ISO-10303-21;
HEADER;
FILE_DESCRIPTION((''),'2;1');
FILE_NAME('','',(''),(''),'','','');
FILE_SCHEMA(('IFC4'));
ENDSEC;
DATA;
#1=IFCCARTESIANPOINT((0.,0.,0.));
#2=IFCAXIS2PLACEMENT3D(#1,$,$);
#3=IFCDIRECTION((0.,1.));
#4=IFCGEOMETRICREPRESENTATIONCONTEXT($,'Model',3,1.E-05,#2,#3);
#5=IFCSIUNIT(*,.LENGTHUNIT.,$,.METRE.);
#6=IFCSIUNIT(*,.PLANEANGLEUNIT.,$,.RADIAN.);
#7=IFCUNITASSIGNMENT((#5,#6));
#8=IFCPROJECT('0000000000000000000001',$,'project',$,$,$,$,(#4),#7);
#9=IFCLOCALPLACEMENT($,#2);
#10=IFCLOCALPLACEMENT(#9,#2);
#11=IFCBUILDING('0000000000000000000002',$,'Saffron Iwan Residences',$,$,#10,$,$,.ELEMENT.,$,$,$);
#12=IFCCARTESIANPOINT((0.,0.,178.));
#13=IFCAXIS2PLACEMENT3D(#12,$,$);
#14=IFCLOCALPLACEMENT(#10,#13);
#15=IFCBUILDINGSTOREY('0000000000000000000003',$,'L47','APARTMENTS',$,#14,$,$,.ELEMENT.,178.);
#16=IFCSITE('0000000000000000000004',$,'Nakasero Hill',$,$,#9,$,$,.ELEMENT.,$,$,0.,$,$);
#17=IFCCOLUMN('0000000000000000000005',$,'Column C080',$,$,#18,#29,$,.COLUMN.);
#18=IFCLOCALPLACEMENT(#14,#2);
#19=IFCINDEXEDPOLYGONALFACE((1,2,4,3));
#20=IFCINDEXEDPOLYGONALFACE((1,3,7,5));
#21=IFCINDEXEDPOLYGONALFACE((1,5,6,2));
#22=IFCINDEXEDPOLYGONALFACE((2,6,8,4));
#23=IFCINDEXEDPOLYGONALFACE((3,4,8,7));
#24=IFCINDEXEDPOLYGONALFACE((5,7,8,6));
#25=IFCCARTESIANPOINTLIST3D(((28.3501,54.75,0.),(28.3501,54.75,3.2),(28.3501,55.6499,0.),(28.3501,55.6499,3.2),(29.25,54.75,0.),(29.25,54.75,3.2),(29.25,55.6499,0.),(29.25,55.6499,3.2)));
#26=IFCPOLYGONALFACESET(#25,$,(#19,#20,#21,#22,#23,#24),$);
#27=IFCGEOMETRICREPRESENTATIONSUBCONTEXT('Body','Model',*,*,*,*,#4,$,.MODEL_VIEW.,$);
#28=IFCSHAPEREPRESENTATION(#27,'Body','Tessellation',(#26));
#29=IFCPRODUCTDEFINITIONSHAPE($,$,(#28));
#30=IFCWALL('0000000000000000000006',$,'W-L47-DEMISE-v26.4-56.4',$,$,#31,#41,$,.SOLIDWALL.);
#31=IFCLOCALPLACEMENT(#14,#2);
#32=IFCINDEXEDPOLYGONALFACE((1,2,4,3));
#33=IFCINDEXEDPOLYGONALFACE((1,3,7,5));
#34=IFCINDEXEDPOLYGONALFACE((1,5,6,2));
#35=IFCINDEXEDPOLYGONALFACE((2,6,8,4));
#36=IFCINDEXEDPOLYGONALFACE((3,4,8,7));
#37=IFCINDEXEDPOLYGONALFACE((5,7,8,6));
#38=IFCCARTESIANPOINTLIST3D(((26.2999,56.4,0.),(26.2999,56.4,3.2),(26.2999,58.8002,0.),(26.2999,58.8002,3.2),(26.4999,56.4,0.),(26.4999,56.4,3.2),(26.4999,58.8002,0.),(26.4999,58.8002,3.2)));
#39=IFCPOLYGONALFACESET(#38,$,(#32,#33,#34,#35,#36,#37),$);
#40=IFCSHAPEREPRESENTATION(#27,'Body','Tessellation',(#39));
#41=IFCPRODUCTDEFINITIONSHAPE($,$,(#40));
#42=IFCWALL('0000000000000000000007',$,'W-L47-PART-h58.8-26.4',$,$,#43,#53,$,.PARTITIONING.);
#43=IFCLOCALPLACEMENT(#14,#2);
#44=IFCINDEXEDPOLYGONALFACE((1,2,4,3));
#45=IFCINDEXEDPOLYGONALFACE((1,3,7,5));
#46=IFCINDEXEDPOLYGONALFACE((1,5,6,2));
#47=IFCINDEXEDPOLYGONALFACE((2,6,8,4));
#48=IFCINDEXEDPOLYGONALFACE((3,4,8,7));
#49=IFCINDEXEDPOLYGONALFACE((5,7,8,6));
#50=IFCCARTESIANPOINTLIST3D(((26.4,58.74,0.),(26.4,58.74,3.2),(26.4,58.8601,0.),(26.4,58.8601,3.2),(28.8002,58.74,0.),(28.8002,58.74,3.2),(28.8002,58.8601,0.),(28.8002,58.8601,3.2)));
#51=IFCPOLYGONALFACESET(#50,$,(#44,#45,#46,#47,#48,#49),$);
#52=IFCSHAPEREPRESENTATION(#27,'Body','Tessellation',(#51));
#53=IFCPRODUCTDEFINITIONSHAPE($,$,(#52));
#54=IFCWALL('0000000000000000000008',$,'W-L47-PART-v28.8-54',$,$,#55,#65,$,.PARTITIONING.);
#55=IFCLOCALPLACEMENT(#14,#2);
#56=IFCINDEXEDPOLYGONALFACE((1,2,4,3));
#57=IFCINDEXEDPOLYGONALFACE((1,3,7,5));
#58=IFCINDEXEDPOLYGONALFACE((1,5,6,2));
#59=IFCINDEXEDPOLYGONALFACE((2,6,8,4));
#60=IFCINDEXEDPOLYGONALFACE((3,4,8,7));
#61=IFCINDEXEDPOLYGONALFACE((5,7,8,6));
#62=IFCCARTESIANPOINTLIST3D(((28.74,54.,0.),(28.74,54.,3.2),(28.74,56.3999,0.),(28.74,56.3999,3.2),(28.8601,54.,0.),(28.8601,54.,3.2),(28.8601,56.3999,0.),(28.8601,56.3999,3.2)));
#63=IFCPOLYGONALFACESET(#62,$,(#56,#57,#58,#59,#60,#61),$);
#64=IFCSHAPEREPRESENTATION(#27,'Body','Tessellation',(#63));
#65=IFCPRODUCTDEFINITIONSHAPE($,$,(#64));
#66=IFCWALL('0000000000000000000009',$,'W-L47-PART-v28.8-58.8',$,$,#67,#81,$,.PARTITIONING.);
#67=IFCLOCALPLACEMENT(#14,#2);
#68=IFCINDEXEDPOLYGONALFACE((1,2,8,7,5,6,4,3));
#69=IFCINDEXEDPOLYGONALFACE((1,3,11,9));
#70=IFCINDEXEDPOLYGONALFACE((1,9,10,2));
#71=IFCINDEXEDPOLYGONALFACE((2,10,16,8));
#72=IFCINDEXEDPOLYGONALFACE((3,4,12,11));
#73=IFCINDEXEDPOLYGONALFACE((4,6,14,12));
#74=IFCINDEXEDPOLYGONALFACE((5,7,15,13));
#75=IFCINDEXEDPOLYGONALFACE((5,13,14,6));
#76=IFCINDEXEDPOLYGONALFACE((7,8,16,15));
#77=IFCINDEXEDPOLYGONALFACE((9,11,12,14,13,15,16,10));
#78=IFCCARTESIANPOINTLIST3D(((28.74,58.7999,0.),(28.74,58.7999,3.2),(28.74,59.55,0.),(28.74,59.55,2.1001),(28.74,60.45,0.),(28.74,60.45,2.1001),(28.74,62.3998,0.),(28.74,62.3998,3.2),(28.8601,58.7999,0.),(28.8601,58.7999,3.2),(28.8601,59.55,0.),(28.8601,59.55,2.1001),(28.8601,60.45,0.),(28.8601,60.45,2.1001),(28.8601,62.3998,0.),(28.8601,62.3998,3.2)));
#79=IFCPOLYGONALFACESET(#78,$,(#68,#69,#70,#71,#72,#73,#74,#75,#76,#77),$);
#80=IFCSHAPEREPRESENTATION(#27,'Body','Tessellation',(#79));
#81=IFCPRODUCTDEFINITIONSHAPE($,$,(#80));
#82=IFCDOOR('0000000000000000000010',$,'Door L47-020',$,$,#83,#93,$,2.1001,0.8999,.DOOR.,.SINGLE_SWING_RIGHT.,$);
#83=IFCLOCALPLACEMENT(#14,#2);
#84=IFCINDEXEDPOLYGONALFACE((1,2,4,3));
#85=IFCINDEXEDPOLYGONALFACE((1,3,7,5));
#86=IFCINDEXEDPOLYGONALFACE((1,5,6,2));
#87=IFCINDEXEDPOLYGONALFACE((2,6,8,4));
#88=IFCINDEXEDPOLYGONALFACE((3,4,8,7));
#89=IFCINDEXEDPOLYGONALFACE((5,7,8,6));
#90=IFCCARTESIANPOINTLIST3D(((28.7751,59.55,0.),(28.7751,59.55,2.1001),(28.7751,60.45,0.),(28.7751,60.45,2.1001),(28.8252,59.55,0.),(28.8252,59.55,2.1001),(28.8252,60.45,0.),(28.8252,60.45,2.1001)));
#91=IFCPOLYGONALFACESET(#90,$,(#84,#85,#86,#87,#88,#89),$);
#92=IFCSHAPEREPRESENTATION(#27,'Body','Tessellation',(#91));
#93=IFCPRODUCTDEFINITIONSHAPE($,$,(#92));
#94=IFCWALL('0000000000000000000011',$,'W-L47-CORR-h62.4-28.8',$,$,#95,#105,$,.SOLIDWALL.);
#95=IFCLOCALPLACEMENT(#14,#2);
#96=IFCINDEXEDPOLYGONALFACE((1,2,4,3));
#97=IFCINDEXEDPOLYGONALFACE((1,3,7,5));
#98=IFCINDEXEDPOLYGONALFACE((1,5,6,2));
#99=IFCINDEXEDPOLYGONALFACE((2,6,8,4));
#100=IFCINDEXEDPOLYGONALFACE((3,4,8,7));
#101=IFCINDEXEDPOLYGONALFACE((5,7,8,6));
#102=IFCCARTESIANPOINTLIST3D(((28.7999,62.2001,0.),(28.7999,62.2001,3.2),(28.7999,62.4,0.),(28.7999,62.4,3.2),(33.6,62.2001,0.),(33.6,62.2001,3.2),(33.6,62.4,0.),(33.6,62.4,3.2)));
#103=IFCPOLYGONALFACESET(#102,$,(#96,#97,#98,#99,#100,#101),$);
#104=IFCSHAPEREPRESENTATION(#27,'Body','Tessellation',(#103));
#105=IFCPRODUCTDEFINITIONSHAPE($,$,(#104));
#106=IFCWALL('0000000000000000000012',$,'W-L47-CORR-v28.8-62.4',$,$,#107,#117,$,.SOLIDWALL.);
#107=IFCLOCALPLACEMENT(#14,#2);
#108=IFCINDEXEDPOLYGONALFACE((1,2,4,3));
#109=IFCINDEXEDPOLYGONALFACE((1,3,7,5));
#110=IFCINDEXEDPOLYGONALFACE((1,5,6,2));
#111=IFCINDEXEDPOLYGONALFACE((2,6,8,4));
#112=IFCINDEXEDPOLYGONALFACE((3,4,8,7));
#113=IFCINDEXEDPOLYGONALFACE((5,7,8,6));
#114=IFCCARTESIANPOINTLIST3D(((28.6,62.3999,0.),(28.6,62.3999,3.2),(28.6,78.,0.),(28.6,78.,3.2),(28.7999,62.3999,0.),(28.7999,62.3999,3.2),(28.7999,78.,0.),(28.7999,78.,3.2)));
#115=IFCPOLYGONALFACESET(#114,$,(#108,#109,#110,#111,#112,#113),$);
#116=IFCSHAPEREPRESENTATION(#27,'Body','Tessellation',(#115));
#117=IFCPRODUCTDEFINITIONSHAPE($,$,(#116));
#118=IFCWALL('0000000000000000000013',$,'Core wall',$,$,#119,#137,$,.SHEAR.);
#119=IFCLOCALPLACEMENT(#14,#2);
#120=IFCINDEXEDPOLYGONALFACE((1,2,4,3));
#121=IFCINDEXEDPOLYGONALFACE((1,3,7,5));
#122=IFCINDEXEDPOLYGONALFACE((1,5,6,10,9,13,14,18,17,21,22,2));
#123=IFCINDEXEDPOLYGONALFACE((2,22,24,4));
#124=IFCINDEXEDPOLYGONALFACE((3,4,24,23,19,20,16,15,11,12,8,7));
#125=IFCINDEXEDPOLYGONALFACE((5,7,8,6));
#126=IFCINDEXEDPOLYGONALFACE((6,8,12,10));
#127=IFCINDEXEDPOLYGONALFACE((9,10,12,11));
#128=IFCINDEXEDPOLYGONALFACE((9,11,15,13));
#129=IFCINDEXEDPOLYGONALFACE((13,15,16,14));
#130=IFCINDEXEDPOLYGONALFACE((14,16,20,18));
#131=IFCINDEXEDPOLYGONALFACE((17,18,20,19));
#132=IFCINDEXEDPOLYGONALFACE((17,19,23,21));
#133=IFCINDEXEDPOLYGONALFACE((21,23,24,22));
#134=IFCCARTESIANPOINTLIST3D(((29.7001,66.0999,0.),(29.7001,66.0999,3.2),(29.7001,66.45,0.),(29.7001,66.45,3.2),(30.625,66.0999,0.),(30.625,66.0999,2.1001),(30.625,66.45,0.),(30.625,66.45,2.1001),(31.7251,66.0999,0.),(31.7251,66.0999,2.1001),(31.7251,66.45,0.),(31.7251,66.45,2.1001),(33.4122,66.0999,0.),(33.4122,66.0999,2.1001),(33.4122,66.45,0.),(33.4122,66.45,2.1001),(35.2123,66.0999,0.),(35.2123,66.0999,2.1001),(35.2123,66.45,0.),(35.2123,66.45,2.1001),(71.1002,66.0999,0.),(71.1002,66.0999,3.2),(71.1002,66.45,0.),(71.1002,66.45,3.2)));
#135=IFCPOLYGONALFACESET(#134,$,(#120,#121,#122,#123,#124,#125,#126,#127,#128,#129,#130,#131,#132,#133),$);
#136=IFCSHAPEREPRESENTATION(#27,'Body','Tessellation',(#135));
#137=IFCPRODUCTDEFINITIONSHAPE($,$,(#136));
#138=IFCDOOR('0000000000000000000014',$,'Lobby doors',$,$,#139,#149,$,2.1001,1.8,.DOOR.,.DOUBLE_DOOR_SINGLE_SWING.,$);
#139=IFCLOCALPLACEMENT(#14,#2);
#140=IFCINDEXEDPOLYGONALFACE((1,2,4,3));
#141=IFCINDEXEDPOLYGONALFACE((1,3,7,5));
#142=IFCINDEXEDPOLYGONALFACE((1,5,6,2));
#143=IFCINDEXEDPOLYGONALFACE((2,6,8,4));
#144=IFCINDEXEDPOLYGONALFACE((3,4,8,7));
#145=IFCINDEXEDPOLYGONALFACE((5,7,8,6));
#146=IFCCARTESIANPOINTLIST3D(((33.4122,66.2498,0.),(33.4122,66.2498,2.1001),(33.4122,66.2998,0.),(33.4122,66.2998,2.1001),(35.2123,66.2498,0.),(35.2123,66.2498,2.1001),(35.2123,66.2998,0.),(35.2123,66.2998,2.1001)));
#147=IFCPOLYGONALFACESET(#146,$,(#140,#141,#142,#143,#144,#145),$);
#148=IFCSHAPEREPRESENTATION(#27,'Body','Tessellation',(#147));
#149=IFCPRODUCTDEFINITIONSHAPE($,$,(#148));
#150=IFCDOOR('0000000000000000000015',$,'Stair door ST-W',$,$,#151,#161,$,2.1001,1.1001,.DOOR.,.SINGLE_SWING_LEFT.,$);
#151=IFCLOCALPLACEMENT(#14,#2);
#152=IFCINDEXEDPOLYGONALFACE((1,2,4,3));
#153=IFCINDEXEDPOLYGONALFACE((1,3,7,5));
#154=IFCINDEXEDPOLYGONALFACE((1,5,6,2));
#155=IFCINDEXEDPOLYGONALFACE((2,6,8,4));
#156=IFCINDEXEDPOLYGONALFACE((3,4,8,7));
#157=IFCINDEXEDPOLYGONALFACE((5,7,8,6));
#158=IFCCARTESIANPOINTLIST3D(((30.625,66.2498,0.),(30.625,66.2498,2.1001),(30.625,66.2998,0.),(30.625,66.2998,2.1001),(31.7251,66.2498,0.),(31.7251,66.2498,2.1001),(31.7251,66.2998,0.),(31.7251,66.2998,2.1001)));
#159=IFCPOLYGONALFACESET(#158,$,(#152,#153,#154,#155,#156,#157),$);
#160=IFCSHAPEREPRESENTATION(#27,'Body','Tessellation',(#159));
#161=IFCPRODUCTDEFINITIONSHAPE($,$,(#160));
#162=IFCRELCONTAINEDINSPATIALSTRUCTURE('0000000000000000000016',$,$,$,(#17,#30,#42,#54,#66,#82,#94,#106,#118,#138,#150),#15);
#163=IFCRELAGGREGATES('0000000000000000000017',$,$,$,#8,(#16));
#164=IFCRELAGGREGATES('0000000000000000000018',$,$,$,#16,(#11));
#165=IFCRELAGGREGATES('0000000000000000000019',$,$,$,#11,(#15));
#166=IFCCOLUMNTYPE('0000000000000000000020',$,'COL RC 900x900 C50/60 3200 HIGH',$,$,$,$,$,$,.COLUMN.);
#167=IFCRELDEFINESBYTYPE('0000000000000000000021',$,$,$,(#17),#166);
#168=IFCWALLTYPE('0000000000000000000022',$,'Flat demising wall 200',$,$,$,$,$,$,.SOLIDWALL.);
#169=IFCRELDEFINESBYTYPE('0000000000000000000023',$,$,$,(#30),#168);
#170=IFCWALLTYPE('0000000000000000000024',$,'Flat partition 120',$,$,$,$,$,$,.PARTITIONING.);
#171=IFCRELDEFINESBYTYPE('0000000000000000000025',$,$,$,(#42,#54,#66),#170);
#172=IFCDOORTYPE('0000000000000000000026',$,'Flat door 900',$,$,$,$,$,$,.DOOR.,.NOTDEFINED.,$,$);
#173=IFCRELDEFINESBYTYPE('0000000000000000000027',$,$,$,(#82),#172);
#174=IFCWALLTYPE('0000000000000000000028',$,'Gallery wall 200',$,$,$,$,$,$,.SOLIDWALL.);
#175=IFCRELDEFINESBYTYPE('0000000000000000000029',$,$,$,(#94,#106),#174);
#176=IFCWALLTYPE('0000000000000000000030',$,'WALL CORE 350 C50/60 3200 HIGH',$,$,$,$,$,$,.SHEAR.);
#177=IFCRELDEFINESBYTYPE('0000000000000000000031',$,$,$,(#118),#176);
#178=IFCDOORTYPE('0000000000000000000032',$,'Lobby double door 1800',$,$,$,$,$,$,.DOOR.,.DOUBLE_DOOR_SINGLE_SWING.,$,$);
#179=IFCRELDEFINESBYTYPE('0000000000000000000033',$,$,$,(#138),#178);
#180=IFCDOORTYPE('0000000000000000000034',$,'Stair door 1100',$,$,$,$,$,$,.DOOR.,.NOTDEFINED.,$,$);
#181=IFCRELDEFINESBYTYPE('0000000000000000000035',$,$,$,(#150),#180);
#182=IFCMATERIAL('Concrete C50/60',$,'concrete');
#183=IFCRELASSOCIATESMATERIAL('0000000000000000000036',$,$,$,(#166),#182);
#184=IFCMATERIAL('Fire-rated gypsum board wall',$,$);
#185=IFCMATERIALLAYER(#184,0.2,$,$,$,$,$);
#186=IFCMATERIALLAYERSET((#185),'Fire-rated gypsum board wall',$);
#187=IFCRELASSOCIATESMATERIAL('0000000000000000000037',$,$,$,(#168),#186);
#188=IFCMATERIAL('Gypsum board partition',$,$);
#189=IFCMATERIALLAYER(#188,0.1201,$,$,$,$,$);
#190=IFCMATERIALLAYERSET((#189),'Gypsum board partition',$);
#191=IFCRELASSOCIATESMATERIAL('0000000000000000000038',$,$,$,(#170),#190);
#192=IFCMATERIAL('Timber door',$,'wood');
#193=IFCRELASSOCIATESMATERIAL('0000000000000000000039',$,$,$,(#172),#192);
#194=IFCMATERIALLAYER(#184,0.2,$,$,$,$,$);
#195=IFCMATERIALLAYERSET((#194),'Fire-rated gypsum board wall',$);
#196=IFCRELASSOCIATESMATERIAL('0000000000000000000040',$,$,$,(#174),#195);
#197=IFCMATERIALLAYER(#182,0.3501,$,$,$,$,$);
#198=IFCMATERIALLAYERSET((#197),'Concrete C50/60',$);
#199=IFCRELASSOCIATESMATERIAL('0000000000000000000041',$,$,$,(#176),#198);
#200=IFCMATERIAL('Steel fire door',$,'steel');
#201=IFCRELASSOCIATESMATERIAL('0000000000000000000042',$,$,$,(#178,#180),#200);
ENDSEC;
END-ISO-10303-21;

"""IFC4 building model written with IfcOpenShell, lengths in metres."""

from ifc_helpers import new_model, si_unit, direction, frame, frame_2d, origin, origin_2d, place, context, subcontext, project, spatial, rectangle, extrude, source, transform, mapped, material, layer, layer_set, material_profile, profile_set, type_object, element, fill, save


model = new_model("IFC4")

# Units and contexts
model_context = context("Model", 3, precision=1e-05, world=origin(), true_north=direction((0.0, 1.0)))
body_context = subcontext(model_context, "Body", "Model", "MODEL_VIEW")
ifc_project = project(units=[si_unit("LENGTHUNIT", "METRE"), si_unit("PLANEANGLEUNIT", "RADIAN")], contexts=[model_context])

# Site, building, storey
site_placement = place(None, origin())
site = spatial("IfcSite", under=ifc_project, at=site_placement, Name="Nakasero Hill", CompositionType="ELEMENT", RefElevation=0.0)
building_placement = place(site_placement, origin())
building = spatial("IfcBuilding", under=site, at=building_placement, Name="Saffron Iwan Residences", CompositionType="ELEMENT")
storey_placement = place(building_placement, frame((0.0, 0.0, 178.0)))
storey = spatial("IfcBuildingStorey", under=building, at=storey_placement, Name="L47", Description="APARTMENTS", CompositionType="ELEMENT", Elevation=178.0)

# Column
ifc_material_1 = material(Name="Concrete C50/60", Category="concrete")
ifc_material_profile = material_profile(ifc_material_1, rectangle(XDim=0.8999, YDim=0.8999, at=origin_2d()), Name="RC 900x900")
ifc_profile_set = profile_set([ifc_material_profile], Name="Concrete C50/60")
column_type = type_object("IfcColumnType", Name="COL RC 900x900 C50/60 3200 HIGH", PredefinedType="COLUMN", material=ifc_profile_set)
shared_shape = source(origin(), body_context, "Body", "SweptSolid", [
    extrude(rectangle(XDim=0.8999, YDim=0.8999, at=origin_2d()), origin(), (0.0, 0.0, 1.0), 3.2),
])
column_placement = place(storey_placement, frame((28.8, 55.2, 0.0), z_axis=(0.0, 0.0, 1.0), x_axis=(1.0, 0.0, 0.0)))
element("IfcColumn", 1, at=column_placement, inside=storey, type_object=column_type, Name="Column C080", PredefinedType="COLUMN", context=body_context, shape_type="MappedRepresentation", body=[
    mapped(shared_shape, transform((0.0, 0.0, 0.0))),
])

# Walls
ifc_material_2 = material(Name="Fire-rated gypsum board wall")
ifc_layer_1 = layer(ifc_material_2, 0.2)
ifc_layer_set_1 = layer_set([ifc_layer_1], Name="Fire-rated gypsum board wall")
wall_type_1 = type_object("IfcWallType", Name="Flat demising wall 200", PredefinedType="SOLIDWALL", material=ifc_layer_set_1)
wall_1_placement = place(storey_placement, frame((26.3999, 56.3999, 0.0), z_axis=(0.0, 0.0, 1.0), x_axis=(0.0, 1.0, 0.0)))
element("IfcWall", 2, at=wall_1_placement, inside=storey, type_object=wall_type_1, Name="W-L47-DEMISE-v26.4-56.4", PredefinedType="SOLIDWALL", context=body_context, shape_type="SweptSolid", body=[
    extrude(rectangle(XDim=2.4001, YDim=0.2, at=frame_2d((1.2002, 0.0))), origin(), (0.0, 0.0, 1.0), 3.2),
])
ifc_material_3 = material(Name="Gypsum board partition")
ifc_layer_2 = layer(ifc_material_3, 0.1201)
ifc_layer_set_2 = layer_set([ifc_layer_2], Name="Gypsum board partition")
wall_type_2 = type_object("IfcWallType", Name="Flat partition 120", PredefinedType="PARTITIONING", material=ifc_layer_set_2)
wall_2_placement = place(storey_placement, frame((26.3999, 58.8, 0.0), z_axis=(0.0, 0.0, 1.0), x_axis=(1.0, 0.0, 0.0)))
element("IfcWall", 3, at=wall_2_placement, inside=storey, type_object=wall_type_2, Name="W-L47-PART-h58.8-26.4", PredefinedType="PARTITIONING", context=body_context, shape_type="SweptSolid", body=[
    extrude(rectangle(XDim=2.4001, YDim=0.1201, at=frame_2d((1.2002, 0.0))), origin(), (0.0, 0.0, 1.0), 3.2),
])
wall_3_placement = place(storey_placement, frame((28.8, 54.0, 0.0), z_axis=(0.0, 0.0, 1.0), x_axis=(0.0, 1.0, 0.0)))
element("IfcWall", 4, at=wall_3_placement, inside=storey, type_object=wall_type_2, Name="W-L47-PART-v28.8-54", PredefinedType="PARTITIONING", context=body_context, shape_type="SweptSolid", body=[
    extrude(rectangle(XDim=2.3999, YDim=0.1201, at=frame_2d((1.2, 0.0))), origin(), (0.0, 0.0, 1.0), 3.2),
])

# Wall, opening, door
wall_4_placement = place(storey_placement, frame((28.8, 58.8, 0.0), z_axis=(0.0, 0.0, 1.0), x_axis=(0.0, 1.0, 0.0)))
wall_4 = element("IfcWall", 5, at=wall_4_placement, inside=storey, type_object=wall_type_2, Name="W-L47-PART-v28.8-58.8", PredefinedType="PARTITIONING", context=body_context, shape_type="SweptSolid", body=[
    extrude(rectangle(XDim=3.5999, YDim=0.1201, at=frame_2d((1.7998, 0.0))), origin(), (0.0, 0.0, 1.0), 3.2),
])
opening_1_placement = place(wall_4_placement, frame((0.75, 0.0, 0.0)))
opening_1 = element("IfcOpeningElement", 6, at=opening_1_placement, cuts=wall_4, PredefinedType="OPENING", context=body_context, shape_type="SweptSolid", body=[
    extrude(rectangle(XDim=0.8999, YDim=2.1001, at=frame_2d((0.45, 1.05))), frame((0.0, 0.0701, 0.0), z_axis=(0.0, -1.0, 0.0), x_axis=(1.0, 0.0, 0.0)), (0.0, 0.0, 1.0), 0.1401),
])
ifc_material_4 = material(Name="Timber door", Category="wood")
door_type_1 = type_object("IfcDoorType", Name="Flat door 900", OperationType="NOTDEFINED", PredefinedType="DOOR", material=ifc_material_4)
door_1_placement = place(opening_1_placement, origin())
door_1 = element("IfcDoor", 7, at=door_1_placement, inside=storey, type_object=door_type_1, Name="Door L47-020", OperationType="SINGLE_SWING_RIGHT", OverallHeight=2.1001, OverallWidth=0.8999, PredefinedType="DOOR", context=body_context, shape_type="SweptSolid", body=[
    extrude(rectangle(XDim=0.8999, YDim=2.1001, at=frame_2d((0.45, 1.05))), frame((0.0, 0.0249, 0.0), z_axis=(0.0, -1.0, 0.0), x_axis=(1.0, 0.0, 0.0)), (0.0, 0.0, 1.0), 0.05),
])
fill(opening_1, door_1)

# Walls
ifc_layer_3 = layer(ifc_material_2, 0.2)
ifc_layer_set_3 = layer_set([ifc_layer_3], Name="Fire-rated gypsum board wall")
wall_type_3 = type_object("IfcWallType", Name="Gallery wall 200", PredefinedType="SOLIDWALL", material=ifc_layer_set_3)
wall_5_placement = place(storey_placement, frame((28.8, 62.3, 0.0), z_axis=(0.0, 0.0, 1.0), x_axis=(1.0, 0.0, 0.0)))
element("IfcWall", 8, at=wall_5_placement, inside=storey, type_object=wall_type_3, Name="W-L47-CORR-h62.4-28.8", PredefinedType="SOLIDWALL", context=body_context, shape_type="SweptSolid", body=[
    extrude(rectangle(XDim=4.8, YDim=0.2, at=frame_2d((2.3999, 0.0))), origin(), (0.0, 0.0, 1.0), 3.2),
])
wall_6_placement = place(storey_placement, frame((28.7, 62.3999, 0.0), z_axis=(0.0, 0.0, 1.0), x_axis=(0.0, 1.0, 0.0)))
element("IfcWall", 9, at=wall_6_placement, inside=storey, type_object=wall_type_3, Name="W-L47-CORR-v28.8-62.4", PredefinedType="SOLIDWALL", context=body_context, shape_type="SweptSolid", body=[
    extrude(rectangle(XDim=15.6001, YDim=0.2, at=frame_2d((7.8, 0.0))), origin(), (0.0, 0.0, 1.0), 3.2),
])

# Wall, openings, doors
ifc_layer_4 = layer(ifc_material_1, 0.3501)
ifc_layer_set_4 = layer_set([ifc_layer_4], Name="Concrete C50/60")
wall_type_4 = type_object("IfcWallType", Name="WALL CORE 350 C50/60 3200 HIGH", PredefinedType="SHEAR", material=ifc_layer_set_4)
wall_7_placement = place(storey_placement, frame((29.7, 66.2749, 0.0), z_axis=(0.0, 0.0, 1.0), x_axis=(1.0, 0.0, 0.0)))
wall_7 = element("IfcWall", 10, at=wall_7_placement, inside=storey, type_object=wall_type_4, Name="Core wall", PredefinedType="SHEAR", context=body_context, shape_type="SweptSolid", body=[
    extrude(rectangle(XDim=41.4001, YDim=0.3501, at=frame_2d((20.7002, 0.0))), origin(), (0.0, 0.0, 1.0), 3.2),
])
opening_2_placement = place(wall_7_placement, frame((0.925, 0.0, 0.0)))
opening_2 = element("IfcOpeningElement", 11, at=opening_2_placement, cuts=wall_7, PredefinedType="OPENING", context=body_context, shape_type="SweptSolid", body=[
    extrude(rectangle(XDim=1.1001, YDim=2.1001, at=frame_2d((0.55, 1.05))), frame((0.0, 0.1851, 0.0), z_axis=(0.0, -1.0, 0.0), x_axis=(1.0, 0.0, 0.0)), (0.0, 0.0, 1.0), 0.3701),
])
opening_3_placement = place(wall_7_placement, frame((3.7124, 0.0, 0.0)))
opening_3 = element("IfcOpeningElement", 12, at=opening_3_placement, cuts=wall_7, PredefinedType="OPENING", context=body_context, shape_type="SweptSolid", body=[
    extrude(rectangle(XDim=1.8, YDim=2.1001, at=frame_2d((0.8999, 1.05))), frame((0.0, 0.1851, 0.0), z_axis=(0.0, -1.0, 0.0), x_axis=(1.0, 0.0, 0.0)), (0.0, 0.0, 1.0), 0.3701),
])
ifc_material_5 = material(Name="Steel fire door", Category="steel")
door_type_2 = type_object("IfcDoorType", Name="Lobby double door 1800", OperationType="DOUBLE_DOOR_SINGLE_SWING", PredefinedType="DOOR", material=ifc_material_5)
door_2_placement = place(opening_3_placement, origin())
door_2 = element("IfcDoor", 13, at=door_2_placement, inside=storey, type_object=door_type_2, Name="Lobby doors", OperationType="DOUBLE_DOOR_SINGLE_SWING", OverallHeight=2.1001, OverallWidth=1.8, PredefinedType="DOOR", context=body_context, shape_type="SweptSolid", body=[
    extrude(rectangle(XDim=1.8, YDim=2.1001, at=frame_2d((0.8999, 1.05))), frame((0.0, 0.0249, 0.0), z_axis=(0.0, -1.0, 0.0), x_axis=(1.0, 0.0, 0.0)), (0.0, 0.0, 1.0), 0.05),
])
fill(opening_3, door_2)
door_type_3 = type_object("IfcDoorType", Name="Stair door 1100", OperationType="NOTDEFINED", PredefinedType="DOOR", material=ifc_material_5)
door_3_placement = place(opening_2_placement, origin())
door_3 = element("IfcDoor", 14, at=door_3_placement, inside=storey, type_object=door_type_3, Name="Stair door ST-W", OperationType="SINGLE_SWING_LEFT", OverallHeight=2.1001, OverallWidth=1.1001, PredefinedType="DOOR", context=body_context, shape_type="SweptSolid", body=[
    extrude(rectangle(XDim=1.1001, YDim=2.1001, at=frame_2d((0.55, 1.05))), frame((0.0, 0.0249, 0.0), z_axis=(0.0, -1.0, 0.0), x_axis=(1.0, 0.0, 0.0)), (0.0, 0.0, 1.0), 0.05),
])
fill(opening_2, door_3)

save(model, "model.ifc")
